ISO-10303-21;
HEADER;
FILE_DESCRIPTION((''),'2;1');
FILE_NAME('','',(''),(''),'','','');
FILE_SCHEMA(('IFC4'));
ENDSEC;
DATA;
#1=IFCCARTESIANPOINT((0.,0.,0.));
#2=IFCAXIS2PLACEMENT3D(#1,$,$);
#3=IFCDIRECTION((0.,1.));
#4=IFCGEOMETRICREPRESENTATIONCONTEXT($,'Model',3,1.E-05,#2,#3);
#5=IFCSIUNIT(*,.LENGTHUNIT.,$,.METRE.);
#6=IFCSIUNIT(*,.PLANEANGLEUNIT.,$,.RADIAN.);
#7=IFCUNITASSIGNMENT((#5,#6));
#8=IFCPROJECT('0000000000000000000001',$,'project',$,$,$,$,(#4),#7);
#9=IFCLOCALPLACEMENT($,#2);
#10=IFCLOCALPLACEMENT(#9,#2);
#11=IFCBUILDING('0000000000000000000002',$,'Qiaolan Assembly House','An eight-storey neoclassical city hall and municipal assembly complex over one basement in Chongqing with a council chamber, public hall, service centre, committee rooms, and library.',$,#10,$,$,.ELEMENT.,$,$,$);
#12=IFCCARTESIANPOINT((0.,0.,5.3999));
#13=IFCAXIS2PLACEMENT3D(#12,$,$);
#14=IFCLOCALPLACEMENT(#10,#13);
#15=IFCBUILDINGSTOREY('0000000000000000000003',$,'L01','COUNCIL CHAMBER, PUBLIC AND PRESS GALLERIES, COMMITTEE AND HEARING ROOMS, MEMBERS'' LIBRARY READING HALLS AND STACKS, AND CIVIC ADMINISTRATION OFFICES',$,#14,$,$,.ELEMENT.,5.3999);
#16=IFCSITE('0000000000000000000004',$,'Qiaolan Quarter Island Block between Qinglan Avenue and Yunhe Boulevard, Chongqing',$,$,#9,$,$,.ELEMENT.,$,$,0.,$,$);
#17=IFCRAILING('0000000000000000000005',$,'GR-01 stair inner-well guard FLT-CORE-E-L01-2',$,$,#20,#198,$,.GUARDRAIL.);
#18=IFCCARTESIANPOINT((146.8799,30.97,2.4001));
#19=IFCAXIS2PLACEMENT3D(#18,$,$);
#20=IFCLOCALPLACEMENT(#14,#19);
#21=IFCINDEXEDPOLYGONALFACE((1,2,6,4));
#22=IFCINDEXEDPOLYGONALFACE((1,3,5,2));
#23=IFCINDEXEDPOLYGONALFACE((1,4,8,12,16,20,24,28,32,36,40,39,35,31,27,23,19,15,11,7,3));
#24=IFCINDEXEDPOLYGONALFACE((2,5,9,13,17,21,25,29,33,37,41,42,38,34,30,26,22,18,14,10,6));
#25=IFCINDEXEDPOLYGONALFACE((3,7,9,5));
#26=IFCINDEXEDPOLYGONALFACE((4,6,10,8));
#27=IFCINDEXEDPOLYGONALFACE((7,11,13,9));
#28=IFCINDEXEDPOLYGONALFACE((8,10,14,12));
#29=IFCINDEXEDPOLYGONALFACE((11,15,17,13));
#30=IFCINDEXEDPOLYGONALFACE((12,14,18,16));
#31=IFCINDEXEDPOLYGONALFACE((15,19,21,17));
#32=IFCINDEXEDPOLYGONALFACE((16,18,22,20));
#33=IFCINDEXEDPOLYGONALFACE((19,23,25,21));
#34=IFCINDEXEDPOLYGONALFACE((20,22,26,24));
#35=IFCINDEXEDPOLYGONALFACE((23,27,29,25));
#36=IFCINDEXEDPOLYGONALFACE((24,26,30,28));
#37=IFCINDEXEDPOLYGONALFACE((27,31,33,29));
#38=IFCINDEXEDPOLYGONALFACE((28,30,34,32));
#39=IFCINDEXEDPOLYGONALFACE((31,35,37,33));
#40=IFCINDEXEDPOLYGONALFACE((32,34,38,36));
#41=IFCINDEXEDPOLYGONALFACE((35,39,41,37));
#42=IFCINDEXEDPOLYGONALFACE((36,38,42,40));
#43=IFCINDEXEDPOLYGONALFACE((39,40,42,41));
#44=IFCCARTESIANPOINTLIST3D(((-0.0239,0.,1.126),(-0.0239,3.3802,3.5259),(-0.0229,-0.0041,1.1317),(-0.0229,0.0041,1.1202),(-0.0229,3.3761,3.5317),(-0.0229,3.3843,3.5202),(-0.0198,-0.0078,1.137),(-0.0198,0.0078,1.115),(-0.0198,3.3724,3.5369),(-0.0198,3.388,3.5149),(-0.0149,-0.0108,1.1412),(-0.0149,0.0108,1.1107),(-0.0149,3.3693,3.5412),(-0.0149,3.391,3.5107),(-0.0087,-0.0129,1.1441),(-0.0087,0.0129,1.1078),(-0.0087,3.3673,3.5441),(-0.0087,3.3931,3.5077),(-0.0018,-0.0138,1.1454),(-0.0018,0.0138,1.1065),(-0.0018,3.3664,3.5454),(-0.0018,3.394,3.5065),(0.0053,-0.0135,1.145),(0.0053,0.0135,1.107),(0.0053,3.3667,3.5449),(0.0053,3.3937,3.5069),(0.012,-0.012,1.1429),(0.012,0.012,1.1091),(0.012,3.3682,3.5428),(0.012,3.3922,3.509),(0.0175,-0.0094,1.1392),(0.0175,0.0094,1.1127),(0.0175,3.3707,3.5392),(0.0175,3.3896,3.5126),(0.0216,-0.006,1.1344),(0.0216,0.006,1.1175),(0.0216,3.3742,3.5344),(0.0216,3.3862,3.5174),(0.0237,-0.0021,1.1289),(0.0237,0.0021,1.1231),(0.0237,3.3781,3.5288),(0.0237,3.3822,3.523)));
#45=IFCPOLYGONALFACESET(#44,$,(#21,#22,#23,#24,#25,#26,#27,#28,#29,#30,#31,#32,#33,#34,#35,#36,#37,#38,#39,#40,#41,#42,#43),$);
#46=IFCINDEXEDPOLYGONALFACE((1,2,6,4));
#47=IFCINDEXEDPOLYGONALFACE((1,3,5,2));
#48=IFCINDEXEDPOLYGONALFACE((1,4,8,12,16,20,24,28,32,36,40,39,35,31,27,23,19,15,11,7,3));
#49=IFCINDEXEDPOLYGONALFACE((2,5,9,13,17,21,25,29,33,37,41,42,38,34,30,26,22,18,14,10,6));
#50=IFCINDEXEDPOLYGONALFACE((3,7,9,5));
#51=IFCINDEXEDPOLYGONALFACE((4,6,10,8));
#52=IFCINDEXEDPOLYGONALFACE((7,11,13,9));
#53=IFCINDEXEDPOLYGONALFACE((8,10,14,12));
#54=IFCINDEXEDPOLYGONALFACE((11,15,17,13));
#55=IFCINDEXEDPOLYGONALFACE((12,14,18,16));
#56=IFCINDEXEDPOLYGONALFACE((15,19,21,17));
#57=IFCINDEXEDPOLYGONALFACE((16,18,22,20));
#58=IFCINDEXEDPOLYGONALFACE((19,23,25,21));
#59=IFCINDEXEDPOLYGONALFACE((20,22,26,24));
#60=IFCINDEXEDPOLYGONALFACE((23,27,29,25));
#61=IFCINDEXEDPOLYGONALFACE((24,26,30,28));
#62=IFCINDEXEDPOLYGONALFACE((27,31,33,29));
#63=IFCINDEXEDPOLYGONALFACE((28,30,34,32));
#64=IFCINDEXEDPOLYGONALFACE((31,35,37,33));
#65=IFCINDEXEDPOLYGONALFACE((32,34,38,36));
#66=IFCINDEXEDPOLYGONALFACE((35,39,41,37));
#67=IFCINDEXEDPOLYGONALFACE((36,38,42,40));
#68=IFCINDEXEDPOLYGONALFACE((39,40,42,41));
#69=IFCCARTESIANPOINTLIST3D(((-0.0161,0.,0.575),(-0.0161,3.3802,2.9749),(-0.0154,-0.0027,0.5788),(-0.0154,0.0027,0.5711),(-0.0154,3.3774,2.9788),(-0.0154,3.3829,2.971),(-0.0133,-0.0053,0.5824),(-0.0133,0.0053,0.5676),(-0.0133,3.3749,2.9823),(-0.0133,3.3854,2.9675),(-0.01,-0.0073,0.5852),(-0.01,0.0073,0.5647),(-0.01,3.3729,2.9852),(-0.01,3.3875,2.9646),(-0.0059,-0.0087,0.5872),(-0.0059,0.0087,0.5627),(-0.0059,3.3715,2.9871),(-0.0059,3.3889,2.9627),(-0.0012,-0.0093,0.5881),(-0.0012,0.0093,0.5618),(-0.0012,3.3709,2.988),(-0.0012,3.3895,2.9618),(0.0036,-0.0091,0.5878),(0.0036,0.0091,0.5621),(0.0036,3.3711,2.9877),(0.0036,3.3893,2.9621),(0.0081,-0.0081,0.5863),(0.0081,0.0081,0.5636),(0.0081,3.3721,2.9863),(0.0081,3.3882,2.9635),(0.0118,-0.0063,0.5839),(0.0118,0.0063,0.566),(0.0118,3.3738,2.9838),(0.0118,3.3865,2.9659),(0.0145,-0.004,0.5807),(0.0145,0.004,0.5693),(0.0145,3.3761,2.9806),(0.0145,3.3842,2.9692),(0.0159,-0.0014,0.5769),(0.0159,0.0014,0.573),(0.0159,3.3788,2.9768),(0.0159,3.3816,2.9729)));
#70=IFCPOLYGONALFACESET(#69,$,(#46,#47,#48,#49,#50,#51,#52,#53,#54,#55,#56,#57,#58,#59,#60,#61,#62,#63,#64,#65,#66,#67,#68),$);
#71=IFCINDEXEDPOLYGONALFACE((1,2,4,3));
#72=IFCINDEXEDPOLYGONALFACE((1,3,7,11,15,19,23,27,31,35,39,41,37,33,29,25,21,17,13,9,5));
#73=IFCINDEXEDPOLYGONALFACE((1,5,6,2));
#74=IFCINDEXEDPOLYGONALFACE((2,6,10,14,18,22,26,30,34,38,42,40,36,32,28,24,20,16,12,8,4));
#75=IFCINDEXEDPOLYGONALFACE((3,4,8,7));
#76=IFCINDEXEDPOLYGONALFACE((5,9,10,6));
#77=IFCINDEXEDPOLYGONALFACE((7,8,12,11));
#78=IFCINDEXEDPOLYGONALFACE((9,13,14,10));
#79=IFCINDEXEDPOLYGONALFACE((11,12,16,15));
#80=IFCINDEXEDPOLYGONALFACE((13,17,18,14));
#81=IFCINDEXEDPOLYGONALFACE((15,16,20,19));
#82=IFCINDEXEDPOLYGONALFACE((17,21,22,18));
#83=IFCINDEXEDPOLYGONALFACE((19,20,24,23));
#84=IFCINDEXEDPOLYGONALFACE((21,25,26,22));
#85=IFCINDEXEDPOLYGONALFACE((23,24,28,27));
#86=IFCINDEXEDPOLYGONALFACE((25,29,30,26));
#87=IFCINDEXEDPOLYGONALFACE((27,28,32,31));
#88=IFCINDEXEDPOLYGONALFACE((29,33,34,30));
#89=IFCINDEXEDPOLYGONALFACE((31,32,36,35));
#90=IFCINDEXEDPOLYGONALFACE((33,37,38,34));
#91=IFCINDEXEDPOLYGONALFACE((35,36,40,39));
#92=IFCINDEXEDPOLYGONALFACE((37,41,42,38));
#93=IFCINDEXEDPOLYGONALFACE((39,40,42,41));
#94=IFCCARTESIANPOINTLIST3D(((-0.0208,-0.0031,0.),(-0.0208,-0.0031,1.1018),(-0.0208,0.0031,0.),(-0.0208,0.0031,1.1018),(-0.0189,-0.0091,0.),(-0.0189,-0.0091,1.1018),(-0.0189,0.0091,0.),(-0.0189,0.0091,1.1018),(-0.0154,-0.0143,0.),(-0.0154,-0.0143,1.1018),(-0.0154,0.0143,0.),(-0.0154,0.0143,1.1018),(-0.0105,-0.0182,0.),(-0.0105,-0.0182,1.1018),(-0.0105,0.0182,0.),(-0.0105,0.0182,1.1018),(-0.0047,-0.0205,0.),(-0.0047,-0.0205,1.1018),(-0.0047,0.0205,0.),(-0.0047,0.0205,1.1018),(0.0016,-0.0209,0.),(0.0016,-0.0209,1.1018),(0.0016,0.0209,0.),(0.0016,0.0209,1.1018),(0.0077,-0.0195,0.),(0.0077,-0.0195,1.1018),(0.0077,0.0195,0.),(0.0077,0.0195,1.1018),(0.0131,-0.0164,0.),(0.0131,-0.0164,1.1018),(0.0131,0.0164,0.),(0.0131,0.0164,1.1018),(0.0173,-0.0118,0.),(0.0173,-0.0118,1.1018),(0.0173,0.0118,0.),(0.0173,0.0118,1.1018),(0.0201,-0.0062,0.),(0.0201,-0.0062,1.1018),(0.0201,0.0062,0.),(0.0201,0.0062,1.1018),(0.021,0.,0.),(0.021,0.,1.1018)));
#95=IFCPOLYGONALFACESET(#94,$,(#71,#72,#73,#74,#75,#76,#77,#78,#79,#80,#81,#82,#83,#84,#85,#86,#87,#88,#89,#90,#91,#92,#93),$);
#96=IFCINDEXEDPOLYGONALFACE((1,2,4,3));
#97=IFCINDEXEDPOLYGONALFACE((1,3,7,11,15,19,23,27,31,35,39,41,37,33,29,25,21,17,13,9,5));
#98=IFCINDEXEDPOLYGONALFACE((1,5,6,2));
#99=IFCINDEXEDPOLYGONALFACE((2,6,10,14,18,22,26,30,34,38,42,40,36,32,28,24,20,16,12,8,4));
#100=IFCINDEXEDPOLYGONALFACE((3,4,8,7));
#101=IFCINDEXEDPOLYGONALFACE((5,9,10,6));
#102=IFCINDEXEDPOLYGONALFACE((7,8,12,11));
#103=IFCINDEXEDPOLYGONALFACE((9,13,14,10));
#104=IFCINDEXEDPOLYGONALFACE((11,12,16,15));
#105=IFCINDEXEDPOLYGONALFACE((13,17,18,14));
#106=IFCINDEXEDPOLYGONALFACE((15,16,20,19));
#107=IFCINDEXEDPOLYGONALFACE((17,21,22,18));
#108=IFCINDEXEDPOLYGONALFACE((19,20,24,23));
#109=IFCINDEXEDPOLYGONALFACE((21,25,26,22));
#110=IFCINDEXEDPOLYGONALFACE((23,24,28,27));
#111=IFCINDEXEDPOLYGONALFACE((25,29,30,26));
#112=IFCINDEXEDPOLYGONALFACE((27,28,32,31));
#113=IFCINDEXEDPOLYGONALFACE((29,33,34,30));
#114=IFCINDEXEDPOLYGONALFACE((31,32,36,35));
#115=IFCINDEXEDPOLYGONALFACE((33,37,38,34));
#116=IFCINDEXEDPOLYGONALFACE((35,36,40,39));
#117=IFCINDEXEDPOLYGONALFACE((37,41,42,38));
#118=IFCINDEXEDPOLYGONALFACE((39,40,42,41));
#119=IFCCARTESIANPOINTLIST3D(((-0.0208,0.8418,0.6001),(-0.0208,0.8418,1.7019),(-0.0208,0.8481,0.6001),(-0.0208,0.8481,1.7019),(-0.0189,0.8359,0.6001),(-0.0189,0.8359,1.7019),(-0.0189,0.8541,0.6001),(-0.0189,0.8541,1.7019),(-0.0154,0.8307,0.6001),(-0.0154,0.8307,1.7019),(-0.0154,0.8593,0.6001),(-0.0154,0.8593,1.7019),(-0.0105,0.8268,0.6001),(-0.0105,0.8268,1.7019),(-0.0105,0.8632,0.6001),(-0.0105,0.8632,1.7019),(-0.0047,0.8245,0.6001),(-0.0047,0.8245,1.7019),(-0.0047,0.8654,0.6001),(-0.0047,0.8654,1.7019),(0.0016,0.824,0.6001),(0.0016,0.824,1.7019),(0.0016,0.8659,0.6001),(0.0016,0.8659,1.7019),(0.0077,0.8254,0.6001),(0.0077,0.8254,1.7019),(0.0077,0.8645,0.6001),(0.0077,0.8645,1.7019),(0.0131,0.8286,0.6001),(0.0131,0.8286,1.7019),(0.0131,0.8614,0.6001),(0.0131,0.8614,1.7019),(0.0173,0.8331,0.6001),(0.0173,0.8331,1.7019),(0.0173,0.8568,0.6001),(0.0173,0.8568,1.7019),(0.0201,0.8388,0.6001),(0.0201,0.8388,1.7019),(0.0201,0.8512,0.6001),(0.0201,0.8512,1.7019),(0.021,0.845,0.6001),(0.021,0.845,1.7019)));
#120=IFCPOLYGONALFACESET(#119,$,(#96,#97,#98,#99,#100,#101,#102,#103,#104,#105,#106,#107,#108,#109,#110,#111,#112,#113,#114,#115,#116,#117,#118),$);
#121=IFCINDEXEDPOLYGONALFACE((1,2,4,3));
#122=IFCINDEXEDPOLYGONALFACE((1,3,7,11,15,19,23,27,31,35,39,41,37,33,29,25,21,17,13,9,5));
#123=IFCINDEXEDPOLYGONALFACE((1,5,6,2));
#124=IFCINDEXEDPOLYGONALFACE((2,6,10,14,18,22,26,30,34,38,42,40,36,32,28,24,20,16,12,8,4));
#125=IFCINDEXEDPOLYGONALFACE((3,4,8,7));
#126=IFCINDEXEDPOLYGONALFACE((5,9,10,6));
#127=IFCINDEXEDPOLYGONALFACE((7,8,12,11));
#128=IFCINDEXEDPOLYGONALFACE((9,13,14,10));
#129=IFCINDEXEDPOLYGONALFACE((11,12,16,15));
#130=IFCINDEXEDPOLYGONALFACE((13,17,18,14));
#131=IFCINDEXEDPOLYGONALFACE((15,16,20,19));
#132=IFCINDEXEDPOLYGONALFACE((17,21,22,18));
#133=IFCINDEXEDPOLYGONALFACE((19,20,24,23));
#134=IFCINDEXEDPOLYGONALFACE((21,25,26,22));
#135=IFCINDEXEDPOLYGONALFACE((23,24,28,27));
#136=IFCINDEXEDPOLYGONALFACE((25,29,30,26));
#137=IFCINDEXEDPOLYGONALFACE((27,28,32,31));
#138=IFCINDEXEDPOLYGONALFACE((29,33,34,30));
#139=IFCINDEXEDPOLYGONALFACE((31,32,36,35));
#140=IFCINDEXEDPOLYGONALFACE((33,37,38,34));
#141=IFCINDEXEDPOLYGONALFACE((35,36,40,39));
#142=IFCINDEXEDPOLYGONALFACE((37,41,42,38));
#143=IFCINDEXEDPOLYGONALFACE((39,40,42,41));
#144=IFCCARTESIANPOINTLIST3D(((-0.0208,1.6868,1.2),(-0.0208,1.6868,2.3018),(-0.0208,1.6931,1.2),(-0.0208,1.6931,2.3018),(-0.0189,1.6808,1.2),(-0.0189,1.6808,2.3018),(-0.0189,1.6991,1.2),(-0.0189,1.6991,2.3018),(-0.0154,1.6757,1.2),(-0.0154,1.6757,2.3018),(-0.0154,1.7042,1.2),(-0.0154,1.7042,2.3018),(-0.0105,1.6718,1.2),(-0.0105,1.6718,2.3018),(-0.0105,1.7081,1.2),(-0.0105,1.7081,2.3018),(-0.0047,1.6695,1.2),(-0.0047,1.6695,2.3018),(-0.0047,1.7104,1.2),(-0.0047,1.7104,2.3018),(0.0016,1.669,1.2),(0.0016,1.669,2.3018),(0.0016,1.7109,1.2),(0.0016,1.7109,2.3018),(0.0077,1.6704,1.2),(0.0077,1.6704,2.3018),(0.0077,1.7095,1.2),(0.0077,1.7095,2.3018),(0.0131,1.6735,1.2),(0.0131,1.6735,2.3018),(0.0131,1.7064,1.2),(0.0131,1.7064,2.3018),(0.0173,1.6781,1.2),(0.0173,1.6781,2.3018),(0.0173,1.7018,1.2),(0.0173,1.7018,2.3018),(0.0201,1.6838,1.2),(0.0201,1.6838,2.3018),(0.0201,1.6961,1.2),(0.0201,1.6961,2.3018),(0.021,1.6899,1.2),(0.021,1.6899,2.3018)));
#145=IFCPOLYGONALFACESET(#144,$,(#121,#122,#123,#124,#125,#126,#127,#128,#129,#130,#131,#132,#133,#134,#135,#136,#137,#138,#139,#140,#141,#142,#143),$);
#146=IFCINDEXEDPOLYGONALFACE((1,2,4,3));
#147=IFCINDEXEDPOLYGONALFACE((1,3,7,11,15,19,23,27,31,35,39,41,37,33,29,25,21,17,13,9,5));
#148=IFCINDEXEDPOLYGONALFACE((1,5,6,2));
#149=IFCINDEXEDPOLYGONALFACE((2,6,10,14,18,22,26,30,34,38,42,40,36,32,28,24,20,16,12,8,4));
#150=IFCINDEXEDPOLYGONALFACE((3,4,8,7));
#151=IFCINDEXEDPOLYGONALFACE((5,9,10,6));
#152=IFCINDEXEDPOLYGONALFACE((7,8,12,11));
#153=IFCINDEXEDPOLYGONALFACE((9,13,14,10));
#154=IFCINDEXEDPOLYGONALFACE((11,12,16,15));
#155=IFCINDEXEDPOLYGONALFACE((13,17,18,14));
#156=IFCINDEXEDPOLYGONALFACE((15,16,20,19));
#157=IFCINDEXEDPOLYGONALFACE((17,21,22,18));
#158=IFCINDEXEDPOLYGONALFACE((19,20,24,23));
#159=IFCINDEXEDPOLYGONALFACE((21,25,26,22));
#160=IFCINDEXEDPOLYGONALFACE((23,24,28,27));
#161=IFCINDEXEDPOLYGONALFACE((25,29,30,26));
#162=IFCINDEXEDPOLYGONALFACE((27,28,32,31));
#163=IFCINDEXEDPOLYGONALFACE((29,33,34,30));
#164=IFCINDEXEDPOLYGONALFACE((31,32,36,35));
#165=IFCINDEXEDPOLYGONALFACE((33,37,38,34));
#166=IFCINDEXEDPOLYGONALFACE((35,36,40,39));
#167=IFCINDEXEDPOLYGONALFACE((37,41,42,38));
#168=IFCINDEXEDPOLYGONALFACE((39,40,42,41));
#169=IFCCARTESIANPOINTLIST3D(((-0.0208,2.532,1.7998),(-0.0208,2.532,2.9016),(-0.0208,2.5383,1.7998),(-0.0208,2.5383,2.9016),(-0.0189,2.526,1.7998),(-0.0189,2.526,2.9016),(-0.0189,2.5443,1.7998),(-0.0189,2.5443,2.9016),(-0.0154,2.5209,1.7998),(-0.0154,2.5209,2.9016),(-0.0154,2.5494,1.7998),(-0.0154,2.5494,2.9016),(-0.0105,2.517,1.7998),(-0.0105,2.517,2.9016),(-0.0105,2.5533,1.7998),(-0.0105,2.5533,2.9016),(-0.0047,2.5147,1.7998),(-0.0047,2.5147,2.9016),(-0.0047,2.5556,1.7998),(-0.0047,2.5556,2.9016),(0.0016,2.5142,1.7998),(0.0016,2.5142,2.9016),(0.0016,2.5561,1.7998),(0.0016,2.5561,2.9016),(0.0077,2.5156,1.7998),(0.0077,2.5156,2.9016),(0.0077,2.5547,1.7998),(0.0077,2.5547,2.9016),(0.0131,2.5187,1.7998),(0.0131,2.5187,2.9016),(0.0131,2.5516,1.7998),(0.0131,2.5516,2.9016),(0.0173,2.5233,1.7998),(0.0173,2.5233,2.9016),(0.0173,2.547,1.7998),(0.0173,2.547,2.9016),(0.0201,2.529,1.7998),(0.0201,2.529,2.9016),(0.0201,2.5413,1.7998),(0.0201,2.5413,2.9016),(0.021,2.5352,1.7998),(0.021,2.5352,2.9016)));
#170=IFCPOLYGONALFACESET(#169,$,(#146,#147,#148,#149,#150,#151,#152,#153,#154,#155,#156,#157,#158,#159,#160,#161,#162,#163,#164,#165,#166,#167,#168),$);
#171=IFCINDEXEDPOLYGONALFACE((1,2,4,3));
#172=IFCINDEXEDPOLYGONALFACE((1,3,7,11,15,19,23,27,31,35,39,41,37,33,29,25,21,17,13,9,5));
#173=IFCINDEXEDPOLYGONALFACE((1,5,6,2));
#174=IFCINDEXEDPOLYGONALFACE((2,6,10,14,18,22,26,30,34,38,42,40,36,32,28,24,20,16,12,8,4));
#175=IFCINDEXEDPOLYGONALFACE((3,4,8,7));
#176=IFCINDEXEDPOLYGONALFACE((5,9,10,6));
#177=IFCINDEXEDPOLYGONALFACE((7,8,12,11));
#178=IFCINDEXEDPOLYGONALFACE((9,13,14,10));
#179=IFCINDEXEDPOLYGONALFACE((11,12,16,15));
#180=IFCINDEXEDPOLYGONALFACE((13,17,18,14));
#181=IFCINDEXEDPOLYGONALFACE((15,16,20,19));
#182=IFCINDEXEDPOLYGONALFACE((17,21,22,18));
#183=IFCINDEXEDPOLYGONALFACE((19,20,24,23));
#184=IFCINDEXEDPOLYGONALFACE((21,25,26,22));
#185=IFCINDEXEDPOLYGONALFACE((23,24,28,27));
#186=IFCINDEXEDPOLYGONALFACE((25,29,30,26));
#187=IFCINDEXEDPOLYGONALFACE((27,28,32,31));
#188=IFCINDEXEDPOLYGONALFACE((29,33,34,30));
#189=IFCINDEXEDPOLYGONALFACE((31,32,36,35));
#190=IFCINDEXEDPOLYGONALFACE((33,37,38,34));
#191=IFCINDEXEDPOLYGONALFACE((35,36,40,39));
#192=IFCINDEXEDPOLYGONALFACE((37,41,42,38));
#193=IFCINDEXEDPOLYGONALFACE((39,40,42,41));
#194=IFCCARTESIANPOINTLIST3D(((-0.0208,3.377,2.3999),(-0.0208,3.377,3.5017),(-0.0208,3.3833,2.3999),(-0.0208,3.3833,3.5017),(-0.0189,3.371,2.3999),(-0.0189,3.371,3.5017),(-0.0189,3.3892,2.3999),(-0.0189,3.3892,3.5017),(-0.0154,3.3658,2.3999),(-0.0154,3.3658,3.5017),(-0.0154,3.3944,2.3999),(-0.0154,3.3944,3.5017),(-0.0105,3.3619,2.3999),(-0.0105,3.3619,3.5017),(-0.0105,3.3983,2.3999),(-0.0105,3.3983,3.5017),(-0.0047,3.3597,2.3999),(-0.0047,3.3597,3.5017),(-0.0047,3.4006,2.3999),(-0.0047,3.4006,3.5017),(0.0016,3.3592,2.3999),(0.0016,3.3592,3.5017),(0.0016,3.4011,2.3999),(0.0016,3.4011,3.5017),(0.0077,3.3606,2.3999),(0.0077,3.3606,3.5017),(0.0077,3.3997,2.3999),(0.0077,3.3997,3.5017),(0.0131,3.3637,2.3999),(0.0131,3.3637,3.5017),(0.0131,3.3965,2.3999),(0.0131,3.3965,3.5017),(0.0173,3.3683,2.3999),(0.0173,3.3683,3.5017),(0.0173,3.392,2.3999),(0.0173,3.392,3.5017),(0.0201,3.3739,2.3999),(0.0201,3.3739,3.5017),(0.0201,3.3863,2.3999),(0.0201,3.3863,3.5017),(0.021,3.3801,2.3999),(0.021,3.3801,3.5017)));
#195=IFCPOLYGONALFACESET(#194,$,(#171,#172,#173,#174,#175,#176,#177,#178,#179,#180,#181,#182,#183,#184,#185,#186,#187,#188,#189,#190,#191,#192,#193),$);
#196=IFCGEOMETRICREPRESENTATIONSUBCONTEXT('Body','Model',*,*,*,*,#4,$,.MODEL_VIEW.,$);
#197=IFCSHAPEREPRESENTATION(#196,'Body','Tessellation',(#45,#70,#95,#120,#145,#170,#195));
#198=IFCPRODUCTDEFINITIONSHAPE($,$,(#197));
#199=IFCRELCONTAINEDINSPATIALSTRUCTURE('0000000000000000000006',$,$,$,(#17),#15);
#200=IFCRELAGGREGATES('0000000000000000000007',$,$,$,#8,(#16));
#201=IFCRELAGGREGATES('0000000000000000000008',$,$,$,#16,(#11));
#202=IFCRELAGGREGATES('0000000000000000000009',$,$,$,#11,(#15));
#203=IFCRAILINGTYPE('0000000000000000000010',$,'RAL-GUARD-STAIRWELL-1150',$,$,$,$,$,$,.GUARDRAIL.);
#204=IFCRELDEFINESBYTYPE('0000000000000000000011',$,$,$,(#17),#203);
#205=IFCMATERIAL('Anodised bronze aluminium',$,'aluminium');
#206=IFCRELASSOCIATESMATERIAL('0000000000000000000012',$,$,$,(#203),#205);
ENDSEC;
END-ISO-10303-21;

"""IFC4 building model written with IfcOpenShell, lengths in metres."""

from ifc_helpers import new_model, si_unit, direction, frame, origin, origin_2d, place, context, subcontext, project, spatial, circle, extrude, material, type_object, element, save


model = new_model("IFC4")

# Units and contexts
model_context = context("Model", 3, precision=1e-05, world=origin(), true_north=direction((0.0, 1.0)))
body_context = subcontext(model_context, "Body", "Model", "MODEL_VIEW")
ifc_project = project(units=[si_unit("LENGTHUNIT", "METRE"), si_unit("PLANEANGLEUNIT", "RADIAN")], contexts=[model_context])

# Site, building, storey
site_placement = place(None, origin())
site = spatial("IfcSite", under=ifc_project, at=site_placement, Name="Qiaolan Quarter Island Block between Qinglan Avenue and Yunhe Boulevard, Chongqing", CompositionType="ELEMENT", RefElevation=0.0)
building_placement = place(site_placement, origin())
building = spatial("IfcBuilding", under=site, at=building_placement, Name="Qiaolan Assembly House", Description="An eight-storey neoclassical city hall and municipal assembly complex over one basement in Chongqing with a council chamber, public hall, service centre, committee rooms, and library.", CompositionType="ELEMENT")
storey_placement = place(building_placement, frame((0.0, 0.0, 5.3999)))
storey = spatial("IfcBuildingStorey", under=building, at=storey_placement, Name="L01", Description="COUNCIL CHAMBER, PUBLIC AND PRESS GALLERIES, COMMITTEE AND HEARING ROOMS, MEMBERS' LIBRARY READING HALLS AND STACKS, AND CIVIC ADMINISTRATION OFFICES", CompositionType="ELEMENT", Elevation=5.3999)

# Shared definitions
ifc_material_1 = material(Name="Anodised bronze aluminium", Category="aluminium")

# Railing
railing_type_1 = type_object("IfcRailingType", Name="RAL-GUARD-STAIRWELL-1150", PredefinedType="GUARDRAIL", material=ifc_material_1)
railing_1_placement = place(storey_placement, frame((146.8799, 30.97, 2.4001)))
element("IfcRailing", 1, at=railing_1_placement, inside=storey, type_object=railing_type_1, Name="GR-01 stair inner-well guard FLT-CORE-E-L01-2", PredefinedType="GUARDRAIL", context=body_context, shape_type="SweptSolid", body=[
    extrude(circle(Radius=0.0239, at=origin_2d()), frame((0.0, 0.0, 1.126), z_axis=(0.0, 0.815382, 0.578924), x_axis=(-1.0, 0.0, 0.0)), (0.0, 0.0, 1.0), 4.1455),
    extrude(circle(Radius=0.0161, at=origin_2d()), frame((0.0, 0.0, 0.575), z_axis=(0.0, 0.815382, 0.578924), x_axis=(-1.0, 0.0, 0.0)), (0.0, 0.0, 1.0), 4.1455),
    extrude(circle(Radius=0.021, at=origin_2d()), origin(), (0.0, 0.0, 1.0), 1.1018),
    extrude(circle(Radius=0.021, at=origin_2d()), frame((0.0, 0.845, 0.6001)), (0.0, 0.0, 1.0), 1.1018),
    extrude(circle(Radius=0.021, at=origin_2d()), frame((0.0, 1.6899, 1.2)), (0.0, 0.0, 1.0), 1.1018),
    extrude(circle(Radius=0.021, at=origin_2d()), frame((0.0, 2.5352, 1.7998)), (0.0, 0.0, 1.0), 1.1018),
    extrude(circle(Radius=0.021, at=origin_2d()), frame((0.0, 3.3801, 2.3999)), (0.0, 0.0, 1.0), 1.1018),
])

save(model, "model.ifc")
